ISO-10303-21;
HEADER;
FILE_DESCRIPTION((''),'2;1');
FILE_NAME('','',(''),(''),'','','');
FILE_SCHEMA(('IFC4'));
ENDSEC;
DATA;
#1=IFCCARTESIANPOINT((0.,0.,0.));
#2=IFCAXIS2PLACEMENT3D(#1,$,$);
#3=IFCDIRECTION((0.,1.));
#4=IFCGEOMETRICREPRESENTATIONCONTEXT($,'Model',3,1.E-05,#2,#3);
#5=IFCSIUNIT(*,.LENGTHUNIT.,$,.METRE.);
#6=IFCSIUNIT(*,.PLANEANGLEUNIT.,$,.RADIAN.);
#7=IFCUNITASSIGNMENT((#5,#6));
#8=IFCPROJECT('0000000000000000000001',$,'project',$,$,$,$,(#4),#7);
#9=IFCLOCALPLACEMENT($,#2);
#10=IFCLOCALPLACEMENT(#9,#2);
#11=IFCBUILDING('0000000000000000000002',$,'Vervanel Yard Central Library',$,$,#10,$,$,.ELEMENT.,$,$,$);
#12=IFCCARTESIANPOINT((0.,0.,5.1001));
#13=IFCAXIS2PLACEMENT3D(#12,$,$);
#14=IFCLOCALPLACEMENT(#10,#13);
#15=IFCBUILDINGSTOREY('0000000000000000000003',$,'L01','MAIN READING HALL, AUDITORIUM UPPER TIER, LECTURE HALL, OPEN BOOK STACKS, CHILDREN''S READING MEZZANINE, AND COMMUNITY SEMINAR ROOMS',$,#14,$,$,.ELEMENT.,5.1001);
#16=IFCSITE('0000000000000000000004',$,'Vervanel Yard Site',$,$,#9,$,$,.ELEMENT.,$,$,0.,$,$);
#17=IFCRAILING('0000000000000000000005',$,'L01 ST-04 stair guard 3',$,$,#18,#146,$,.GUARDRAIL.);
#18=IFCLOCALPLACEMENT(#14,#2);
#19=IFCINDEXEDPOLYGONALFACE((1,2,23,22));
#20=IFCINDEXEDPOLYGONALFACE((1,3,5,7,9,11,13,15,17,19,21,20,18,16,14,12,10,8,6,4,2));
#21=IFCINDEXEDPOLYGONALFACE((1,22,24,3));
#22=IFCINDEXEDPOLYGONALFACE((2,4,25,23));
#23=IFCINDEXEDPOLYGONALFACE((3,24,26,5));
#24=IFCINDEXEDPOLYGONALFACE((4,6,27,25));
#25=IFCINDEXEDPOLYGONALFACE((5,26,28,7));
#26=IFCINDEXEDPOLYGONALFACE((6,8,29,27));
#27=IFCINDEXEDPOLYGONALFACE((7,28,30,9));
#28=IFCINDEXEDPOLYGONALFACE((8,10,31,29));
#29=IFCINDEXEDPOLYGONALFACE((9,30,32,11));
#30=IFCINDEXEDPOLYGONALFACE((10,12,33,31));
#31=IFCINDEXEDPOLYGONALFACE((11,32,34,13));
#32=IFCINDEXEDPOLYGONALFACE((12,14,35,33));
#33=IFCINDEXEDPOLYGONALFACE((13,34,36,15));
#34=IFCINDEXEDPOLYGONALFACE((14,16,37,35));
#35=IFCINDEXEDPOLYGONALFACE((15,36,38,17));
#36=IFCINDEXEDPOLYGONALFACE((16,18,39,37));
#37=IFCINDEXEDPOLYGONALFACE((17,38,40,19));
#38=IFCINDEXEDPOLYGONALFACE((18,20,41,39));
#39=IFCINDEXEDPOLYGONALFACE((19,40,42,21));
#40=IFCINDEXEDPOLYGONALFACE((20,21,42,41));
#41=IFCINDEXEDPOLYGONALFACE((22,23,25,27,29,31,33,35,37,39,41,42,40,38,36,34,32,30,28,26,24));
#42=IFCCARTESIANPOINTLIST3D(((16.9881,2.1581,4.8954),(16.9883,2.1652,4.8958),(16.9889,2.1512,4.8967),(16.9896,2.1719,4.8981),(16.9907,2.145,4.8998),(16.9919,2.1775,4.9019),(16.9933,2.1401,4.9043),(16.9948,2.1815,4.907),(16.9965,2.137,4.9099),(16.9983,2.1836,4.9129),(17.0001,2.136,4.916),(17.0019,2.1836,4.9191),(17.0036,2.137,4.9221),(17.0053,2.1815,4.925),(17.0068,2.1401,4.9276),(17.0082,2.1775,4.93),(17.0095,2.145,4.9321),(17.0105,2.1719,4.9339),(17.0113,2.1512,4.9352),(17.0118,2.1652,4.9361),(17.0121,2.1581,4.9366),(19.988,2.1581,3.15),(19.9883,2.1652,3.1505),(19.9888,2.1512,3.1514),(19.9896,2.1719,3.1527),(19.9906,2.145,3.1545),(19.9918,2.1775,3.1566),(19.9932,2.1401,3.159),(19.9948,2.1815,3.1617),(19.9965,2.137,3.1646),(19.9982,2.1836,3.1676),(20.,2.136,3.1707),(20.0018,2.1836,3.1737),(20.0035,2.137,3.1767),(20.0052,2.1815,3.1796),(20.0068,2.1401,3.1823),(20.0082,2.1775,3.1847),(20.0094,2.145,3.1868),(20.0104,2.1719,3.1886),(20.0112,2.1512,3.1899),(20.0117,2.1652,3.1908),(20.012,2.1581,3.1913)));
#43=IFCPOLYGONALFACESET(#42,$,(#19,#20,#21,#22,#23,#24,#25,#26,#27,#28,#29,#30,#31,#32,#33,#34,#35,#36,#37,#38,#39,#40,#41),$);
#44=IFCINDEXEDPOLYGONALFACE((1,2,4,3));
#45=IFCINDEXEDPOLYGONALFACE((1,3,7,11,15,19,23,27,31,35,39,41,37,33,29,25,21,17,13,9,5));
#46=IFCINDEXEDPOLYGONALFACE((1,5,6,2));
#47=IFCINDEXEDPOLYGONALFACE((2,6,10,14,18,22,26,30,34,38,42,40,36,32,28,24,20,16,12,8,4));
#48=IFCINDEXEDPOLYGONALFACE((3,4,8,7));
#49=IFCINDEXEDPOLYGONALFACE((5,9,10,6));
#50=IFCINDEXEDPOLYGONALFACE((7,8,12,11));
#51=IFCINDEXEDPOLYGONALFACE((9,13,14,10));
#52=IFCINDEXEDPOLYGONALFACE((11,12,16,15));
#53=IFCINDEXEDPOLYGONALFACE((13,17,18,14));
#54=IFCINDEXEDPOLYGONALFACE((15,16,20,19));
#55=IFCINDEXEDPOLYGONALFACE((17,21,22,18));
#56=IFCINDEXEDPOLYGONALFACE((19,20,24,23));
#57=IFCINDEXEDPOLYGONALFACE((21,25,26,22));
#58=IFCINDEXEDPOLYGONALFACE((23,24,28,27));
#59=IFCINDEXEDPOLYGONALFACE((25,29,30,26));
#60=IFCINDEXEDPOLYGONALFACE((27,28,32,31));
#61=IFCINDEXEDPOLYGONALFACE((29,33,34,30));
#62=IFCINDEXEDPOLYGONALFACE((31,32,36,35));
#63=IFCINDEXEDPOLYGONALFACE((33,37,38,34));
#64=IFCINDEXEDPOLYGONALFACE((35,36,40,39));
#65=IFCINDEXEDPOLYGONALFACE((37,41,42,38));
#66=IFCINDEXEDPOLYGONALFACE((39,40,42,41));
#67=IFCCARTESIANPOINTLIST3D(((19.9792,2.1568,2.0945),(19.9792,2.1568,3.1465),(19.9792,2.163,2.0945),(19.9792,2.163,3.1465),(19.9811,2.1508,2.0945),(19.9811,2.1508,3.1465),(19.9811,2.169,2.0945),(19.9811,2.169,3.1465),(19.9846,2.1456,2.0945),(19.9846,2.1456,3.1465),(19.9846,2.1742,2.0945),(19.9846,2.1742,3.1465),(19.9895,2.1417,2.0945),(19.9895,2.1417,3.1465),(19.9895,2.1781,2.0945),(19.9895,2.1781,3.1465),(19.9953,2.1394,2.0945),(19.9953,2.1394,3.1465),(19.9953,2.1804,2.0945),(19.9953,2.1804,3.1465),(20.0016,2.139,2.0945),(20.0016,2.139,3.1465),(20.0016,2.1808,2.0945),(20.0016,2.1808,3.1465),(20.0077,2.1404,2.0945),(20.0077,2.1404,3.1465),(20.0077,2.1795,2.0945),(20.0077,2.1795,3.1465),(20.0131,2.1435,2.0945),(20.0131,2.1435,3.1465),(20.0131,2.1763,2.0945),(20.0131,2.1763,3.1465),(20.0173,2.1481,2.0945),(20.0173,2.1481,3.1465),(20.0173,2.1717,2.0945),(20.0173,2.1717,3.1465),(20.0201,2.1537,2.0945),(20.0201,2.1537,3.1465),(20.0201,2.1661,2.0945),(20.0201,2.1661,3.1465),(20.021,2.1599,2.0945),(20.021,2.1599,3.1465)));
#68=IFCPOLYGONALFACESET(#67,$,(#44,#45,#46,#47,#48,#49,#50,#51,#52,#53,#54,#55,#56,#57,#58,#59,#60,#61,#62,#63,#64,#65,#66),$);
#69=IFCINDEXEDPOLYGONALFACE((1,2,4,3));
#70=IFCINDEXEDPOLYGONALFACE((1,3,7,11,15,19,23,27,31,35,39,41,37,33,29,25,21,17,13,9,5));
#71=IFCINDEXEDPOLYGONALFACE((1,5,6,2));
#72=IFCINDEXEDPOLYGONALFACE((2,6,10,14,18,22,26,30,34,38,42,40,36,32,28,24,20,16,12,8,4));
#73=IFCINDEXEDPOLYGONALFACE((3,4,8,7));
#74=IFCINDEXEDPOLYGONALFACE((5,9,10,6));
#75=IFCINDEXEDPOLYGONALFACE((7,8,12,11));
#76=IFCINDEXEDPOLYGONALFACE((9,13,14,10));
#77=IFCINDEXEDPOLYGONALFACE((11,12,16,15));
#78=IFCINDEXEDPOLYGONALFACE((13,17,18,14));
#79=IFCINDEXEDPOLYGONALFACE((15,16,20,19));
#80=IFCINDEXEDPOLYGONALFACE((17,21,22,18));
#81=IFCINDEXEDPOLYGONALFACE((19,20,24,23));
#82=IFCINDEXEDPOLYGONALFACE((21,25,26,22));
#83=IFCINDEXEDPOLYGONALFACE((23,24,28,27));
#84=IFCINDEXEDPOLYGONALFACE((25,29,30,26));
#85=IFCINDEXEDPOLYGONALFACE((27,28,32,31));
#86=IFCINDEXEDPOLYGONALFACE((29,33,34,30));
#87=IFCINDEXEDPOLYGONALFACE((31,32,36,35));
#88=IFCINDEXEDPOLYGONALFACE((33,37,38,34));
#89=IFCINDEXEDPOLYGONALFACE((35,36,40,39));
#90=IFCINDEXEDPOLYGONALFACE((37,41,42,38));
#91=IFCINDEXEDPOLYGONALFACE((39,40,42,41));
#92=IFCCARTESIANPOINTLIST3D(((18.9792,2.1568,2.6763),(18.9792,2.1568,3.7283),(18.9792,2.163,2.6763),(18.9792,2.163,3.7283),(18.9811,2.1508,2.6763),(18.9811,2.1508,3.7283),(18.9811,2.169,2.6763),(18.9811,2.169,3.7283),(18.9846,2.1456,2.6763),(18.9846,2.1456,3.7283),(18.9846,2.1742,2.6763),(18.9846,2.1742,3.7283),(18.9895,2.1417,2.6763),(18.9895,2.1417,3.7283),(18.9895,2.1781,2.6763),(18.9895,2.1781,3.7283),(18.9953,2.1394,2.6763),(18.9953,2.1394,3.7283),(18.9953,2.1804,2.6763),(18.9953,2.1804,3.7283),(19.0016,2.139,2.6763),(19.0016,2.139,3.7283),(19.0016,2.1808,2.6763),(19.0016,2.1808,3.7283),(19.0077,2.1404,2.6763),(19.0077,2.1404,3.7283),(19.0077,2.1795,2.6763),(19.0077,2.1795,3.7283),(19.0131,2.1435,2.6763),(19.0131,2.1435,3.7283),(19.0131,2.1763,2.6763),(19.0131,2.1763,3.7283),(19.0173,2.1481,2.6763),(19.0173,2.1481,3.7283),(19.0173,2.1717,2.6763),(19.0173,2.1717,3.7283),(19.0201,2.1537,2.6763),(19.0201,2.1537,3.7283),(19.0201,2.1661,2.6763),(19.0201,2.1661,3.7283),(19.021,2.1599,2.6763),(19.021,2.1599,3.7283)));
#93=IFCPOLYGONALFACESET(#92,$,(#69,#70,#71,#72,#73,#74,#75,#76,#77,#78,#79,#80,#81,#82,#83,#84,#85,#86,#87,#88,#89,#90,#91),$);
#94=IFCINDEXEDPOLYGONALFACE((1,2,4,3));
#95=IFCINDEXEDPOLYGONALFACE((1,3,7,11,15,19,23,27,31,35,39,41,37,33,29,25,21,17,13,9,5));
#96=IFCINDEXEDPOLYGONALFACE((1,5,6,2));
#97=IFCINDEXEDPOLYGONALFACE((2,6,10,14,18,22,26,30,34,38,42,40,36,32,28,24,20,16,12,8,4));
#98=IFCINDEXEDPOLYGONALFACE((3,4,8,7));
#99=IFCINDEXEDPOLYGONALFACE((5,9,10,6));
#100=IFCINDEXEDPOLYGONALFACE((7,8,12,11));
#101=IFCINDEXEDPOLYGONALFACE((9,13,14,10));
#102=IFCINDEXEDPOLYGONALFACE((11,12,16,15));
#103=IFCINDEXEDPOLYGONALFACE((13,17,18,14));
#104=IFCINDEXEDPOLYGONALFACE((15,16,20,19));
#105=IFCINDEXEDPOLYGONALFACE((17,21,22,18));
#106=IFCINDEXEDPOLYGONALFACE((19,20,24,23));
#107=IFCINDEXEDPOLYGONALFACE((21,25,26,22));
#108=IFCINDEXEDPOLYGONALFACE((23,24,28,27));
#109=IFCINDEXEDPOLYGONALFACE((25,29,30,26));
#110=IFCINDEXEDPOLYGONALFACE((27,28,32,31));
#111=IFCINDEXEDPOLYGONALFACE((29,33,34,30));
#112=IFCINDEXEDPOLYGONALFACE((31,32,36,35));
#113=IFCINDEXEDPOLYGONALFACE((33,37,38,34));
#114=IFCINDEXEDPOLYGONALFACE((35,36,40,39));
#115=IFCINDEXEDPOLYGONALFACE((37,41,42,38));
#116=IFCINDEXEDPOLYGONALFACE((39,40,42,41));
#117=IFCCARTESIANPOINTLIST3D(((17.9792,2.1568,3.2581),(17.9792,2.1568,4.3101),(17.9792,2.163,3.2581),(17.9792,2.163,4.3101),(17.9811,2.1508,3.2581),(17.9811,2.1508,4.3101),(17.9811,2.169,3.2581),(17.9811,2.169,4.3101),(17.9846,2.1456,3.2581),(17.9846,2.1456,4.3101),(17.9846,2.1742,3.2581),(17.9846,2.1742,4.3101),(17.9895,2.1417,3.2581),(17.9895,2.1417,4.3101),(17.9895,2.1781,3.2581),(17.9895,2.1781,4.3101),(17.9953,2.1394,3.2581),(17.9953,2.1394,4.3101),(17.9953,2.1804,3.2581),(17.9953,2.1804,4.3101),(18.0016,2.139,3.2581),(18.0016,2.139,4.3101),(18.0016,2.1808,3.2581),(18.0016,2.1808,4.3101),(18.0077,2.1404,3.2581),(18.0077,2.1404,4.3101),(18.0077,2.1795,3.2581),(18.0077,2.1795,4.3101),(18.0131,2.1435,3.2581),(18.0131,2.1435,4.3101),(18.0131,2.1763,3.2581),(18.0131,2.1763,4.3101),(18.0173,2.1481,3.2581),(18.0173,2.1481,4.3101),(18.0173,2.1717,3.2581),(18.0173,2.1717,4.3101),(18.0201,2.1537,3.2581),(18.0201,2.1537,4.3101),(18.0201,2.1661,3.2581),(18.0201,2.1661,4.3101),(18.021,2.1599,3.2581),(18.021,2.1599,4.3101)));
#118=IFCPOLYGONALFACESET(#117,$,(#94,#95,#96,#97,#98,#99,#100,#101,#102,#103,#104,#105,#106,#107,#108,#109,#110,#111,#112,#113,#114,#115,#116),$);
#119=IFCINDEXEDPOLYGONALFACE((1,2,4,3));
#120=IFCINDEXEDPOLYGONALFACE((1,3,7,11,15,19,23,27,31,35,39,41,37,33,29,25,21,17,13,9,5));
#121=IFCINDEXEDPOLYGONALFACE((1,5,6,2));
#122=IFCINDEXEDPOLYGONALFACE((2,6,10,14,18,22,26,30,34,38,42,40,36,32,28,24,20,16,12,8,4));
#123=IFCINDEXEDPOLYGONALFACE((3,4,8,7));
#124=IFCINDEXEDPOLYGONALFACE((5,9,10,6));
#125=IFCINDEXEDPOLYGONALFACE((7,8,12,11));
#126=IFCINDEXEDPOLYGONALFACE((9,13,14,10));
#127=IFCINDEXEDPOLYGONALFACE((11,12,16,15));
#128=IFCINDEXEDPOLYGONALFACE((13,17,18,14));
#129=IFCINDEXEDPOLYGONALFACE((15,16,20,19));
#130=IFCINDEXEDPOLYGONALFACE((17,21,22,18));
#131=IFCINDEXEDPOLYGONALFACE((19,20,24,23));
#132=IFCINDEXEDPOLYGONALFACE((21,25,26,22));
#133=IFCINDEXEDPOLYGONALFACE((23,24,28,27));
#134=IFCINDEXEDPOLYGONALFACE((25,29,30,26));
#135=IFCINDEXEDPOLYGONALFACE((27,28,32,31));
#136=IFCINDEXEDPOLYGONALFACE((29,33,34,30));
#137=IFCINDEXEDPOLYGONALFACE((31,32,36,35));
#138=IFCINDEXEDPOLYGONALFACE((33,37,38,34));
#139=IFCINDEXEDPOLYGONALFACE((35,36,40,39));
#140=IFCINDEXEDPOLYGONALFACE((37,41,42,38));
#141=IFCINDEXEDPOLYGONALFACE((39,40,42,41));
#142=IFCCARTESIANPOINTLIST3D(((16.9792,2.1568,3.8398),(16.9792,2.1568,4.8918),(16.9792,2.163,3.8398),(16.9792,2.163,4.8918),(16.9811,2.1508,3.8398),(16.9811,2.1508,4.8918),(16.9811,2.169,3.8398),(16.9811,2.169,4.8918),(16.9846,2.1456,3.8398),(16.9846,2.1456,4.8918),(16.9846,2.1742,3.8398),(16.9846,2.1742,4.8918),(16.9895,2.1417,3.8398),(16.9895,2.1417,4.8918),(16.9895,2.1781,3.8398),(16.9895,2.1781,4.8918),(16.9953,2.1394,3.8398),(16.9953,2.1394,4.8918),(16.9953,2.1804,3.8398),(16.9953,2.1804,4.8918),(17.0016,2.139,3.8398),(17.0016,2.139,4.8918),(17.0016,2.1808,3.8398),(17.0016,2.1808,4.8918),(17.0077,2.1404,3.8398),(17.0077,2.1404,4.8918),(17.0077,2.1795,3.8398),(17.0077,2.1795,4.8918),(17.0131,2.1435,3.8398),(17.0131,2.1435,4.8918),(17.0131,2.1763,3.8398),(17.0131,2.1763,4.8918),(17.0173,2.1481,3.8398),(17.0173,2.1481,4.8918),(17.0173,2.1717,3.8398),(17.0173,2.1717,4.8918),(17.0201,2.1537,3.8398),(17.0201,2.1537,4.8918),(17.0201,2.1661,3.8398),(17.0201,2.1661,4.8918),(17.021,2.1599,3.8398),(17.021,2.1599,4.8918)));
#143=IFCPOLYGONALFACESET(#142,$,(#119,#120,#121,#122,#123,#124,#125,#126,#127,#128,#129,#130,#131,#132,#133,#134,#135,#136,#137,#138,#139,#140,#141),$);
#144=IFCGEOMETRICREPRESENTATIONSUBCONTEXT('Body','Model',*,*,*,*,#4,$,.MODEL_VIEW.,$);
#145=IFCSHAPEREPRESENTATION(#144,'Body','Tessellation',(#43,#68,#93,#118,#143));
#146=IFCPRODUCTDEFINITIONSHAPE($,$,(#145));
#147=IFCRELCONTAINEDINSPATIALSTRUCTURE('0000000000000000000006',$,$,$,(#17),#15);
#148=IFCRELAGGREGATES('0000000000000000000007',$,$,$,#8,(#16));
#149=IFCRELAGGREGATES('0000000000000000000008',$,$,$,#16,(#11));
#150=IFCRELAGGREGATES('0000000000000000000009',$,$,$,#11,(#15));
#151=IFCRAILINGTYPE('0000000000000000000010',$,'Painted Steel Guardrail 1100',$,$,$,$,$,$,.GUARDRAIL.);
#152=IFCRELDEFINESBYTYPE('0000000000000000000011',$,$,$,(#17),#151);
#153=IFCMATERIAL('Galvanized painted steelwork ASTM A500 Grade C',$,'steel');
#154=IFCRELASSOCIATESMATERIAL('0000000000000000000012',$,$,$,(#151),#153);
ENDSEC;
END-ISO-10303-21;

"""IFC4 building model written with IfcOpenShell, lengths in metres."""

from ifc_helpers import new_model, si_unit, direction, frame, origin, origin_2d, place, context, subcontext, project, spatial, circle, extrude, material, type_object, element, save


model = new_model("IFC4")

# Units and contexts
model_context = context("Model", 3, precision=1e-05, world=origin(), true_north=direction((0.0, 1.0)))
body_context = subcontext(model_context, "Body", "Model", "MODEL_VIEW")
ifc_project = project(units=[si_unit("LENGTHUNIT", "METRE"), si_unit("PLANEANGLEUNIT", "RADIAN")], contexts=[model_context])

# Site, building, storey
site_placement = place(None, origin())
site = spatial("IfcSite", under=ifc_project, at=site_placement, Name="Vervanel Yard Site", CompositionType="ELEMENT", RefElevation=0.0)
building_placement = place(site_placement, origin())
building = spatial("IfcBuilding", under=site, at=building_placement, Name="Vervanel Yard Central Library", CompositionType="ELEMENT")
storey_placement = place(building_placement, frame((0.0, 0.0, 5.1001)))
storey = spatial("IfcBuildingStorey", under=building, at=storey_placement, Name="L01", Description="MAIN READING HALL, AUDITORIUM UPPER TIER, LECTURE HALL, OPEN BOOK STACKS, CHILDREN'S READING MEZZANINE, AND COMMUNITY SEMINAR ROOMS", CompositionType="ELEMENT", Elevation=5.1001)

# Shared definitions
ifc_material_1 = material(Name="Galvanized painted steelwork ASTM A500 Grade C", Category="steel")

# Railing
railing_type_1 = type_object("IfcRailingType", Name="Painted Steel Guardrail 1100", PredefinedType="GUARDRAIL", material=ifc_material_1)
railing_1_placement = place(storey_placement, frame((20.0, 2.1599, 2.0945)))
element("IfcRailing", 1, at=railing_1_placement, inside=storey, type_object=railing_type_1, Name="L01 ST-04 stair guard 3", PredefinedType="GUARDRAIL", context=body_context, shape_type="SweptSolid", body=[
    extrude(circle(Radius=0.0239, at=origin_2d()), frame((0.0, 0.0, 1.0762), z_axis=(-0.86436, 0.0, 0.502874), x_axis=(0.0, -1.0, 0.0)), (0.0, 0.0, 1.0), 3.4707),
    extrude(circle(Radius=0.021, at=origin_2d()), origin(), (0.0, 0.0, 1.0), 1.052),
    extrude(circle(Radius=0.021, at=origin_2d()), frame((-1.0, 0.0, 0.5818)), (0.0, 0.0, 1.0), 1.052),
    extrude(circle(Radius=0.021, at=origin_2d()), frame((-2.0, 0.0, 1.1636)), (0.0, 0.0, 1.0), 1.052),
    extrude(circle(Radius=0.021, at=origin_2d()), frame((-3.0, 0.0, 1.7454)), (0.0, 0.0, 1.0), 1.052),
])

save(model, "model.ifc")
